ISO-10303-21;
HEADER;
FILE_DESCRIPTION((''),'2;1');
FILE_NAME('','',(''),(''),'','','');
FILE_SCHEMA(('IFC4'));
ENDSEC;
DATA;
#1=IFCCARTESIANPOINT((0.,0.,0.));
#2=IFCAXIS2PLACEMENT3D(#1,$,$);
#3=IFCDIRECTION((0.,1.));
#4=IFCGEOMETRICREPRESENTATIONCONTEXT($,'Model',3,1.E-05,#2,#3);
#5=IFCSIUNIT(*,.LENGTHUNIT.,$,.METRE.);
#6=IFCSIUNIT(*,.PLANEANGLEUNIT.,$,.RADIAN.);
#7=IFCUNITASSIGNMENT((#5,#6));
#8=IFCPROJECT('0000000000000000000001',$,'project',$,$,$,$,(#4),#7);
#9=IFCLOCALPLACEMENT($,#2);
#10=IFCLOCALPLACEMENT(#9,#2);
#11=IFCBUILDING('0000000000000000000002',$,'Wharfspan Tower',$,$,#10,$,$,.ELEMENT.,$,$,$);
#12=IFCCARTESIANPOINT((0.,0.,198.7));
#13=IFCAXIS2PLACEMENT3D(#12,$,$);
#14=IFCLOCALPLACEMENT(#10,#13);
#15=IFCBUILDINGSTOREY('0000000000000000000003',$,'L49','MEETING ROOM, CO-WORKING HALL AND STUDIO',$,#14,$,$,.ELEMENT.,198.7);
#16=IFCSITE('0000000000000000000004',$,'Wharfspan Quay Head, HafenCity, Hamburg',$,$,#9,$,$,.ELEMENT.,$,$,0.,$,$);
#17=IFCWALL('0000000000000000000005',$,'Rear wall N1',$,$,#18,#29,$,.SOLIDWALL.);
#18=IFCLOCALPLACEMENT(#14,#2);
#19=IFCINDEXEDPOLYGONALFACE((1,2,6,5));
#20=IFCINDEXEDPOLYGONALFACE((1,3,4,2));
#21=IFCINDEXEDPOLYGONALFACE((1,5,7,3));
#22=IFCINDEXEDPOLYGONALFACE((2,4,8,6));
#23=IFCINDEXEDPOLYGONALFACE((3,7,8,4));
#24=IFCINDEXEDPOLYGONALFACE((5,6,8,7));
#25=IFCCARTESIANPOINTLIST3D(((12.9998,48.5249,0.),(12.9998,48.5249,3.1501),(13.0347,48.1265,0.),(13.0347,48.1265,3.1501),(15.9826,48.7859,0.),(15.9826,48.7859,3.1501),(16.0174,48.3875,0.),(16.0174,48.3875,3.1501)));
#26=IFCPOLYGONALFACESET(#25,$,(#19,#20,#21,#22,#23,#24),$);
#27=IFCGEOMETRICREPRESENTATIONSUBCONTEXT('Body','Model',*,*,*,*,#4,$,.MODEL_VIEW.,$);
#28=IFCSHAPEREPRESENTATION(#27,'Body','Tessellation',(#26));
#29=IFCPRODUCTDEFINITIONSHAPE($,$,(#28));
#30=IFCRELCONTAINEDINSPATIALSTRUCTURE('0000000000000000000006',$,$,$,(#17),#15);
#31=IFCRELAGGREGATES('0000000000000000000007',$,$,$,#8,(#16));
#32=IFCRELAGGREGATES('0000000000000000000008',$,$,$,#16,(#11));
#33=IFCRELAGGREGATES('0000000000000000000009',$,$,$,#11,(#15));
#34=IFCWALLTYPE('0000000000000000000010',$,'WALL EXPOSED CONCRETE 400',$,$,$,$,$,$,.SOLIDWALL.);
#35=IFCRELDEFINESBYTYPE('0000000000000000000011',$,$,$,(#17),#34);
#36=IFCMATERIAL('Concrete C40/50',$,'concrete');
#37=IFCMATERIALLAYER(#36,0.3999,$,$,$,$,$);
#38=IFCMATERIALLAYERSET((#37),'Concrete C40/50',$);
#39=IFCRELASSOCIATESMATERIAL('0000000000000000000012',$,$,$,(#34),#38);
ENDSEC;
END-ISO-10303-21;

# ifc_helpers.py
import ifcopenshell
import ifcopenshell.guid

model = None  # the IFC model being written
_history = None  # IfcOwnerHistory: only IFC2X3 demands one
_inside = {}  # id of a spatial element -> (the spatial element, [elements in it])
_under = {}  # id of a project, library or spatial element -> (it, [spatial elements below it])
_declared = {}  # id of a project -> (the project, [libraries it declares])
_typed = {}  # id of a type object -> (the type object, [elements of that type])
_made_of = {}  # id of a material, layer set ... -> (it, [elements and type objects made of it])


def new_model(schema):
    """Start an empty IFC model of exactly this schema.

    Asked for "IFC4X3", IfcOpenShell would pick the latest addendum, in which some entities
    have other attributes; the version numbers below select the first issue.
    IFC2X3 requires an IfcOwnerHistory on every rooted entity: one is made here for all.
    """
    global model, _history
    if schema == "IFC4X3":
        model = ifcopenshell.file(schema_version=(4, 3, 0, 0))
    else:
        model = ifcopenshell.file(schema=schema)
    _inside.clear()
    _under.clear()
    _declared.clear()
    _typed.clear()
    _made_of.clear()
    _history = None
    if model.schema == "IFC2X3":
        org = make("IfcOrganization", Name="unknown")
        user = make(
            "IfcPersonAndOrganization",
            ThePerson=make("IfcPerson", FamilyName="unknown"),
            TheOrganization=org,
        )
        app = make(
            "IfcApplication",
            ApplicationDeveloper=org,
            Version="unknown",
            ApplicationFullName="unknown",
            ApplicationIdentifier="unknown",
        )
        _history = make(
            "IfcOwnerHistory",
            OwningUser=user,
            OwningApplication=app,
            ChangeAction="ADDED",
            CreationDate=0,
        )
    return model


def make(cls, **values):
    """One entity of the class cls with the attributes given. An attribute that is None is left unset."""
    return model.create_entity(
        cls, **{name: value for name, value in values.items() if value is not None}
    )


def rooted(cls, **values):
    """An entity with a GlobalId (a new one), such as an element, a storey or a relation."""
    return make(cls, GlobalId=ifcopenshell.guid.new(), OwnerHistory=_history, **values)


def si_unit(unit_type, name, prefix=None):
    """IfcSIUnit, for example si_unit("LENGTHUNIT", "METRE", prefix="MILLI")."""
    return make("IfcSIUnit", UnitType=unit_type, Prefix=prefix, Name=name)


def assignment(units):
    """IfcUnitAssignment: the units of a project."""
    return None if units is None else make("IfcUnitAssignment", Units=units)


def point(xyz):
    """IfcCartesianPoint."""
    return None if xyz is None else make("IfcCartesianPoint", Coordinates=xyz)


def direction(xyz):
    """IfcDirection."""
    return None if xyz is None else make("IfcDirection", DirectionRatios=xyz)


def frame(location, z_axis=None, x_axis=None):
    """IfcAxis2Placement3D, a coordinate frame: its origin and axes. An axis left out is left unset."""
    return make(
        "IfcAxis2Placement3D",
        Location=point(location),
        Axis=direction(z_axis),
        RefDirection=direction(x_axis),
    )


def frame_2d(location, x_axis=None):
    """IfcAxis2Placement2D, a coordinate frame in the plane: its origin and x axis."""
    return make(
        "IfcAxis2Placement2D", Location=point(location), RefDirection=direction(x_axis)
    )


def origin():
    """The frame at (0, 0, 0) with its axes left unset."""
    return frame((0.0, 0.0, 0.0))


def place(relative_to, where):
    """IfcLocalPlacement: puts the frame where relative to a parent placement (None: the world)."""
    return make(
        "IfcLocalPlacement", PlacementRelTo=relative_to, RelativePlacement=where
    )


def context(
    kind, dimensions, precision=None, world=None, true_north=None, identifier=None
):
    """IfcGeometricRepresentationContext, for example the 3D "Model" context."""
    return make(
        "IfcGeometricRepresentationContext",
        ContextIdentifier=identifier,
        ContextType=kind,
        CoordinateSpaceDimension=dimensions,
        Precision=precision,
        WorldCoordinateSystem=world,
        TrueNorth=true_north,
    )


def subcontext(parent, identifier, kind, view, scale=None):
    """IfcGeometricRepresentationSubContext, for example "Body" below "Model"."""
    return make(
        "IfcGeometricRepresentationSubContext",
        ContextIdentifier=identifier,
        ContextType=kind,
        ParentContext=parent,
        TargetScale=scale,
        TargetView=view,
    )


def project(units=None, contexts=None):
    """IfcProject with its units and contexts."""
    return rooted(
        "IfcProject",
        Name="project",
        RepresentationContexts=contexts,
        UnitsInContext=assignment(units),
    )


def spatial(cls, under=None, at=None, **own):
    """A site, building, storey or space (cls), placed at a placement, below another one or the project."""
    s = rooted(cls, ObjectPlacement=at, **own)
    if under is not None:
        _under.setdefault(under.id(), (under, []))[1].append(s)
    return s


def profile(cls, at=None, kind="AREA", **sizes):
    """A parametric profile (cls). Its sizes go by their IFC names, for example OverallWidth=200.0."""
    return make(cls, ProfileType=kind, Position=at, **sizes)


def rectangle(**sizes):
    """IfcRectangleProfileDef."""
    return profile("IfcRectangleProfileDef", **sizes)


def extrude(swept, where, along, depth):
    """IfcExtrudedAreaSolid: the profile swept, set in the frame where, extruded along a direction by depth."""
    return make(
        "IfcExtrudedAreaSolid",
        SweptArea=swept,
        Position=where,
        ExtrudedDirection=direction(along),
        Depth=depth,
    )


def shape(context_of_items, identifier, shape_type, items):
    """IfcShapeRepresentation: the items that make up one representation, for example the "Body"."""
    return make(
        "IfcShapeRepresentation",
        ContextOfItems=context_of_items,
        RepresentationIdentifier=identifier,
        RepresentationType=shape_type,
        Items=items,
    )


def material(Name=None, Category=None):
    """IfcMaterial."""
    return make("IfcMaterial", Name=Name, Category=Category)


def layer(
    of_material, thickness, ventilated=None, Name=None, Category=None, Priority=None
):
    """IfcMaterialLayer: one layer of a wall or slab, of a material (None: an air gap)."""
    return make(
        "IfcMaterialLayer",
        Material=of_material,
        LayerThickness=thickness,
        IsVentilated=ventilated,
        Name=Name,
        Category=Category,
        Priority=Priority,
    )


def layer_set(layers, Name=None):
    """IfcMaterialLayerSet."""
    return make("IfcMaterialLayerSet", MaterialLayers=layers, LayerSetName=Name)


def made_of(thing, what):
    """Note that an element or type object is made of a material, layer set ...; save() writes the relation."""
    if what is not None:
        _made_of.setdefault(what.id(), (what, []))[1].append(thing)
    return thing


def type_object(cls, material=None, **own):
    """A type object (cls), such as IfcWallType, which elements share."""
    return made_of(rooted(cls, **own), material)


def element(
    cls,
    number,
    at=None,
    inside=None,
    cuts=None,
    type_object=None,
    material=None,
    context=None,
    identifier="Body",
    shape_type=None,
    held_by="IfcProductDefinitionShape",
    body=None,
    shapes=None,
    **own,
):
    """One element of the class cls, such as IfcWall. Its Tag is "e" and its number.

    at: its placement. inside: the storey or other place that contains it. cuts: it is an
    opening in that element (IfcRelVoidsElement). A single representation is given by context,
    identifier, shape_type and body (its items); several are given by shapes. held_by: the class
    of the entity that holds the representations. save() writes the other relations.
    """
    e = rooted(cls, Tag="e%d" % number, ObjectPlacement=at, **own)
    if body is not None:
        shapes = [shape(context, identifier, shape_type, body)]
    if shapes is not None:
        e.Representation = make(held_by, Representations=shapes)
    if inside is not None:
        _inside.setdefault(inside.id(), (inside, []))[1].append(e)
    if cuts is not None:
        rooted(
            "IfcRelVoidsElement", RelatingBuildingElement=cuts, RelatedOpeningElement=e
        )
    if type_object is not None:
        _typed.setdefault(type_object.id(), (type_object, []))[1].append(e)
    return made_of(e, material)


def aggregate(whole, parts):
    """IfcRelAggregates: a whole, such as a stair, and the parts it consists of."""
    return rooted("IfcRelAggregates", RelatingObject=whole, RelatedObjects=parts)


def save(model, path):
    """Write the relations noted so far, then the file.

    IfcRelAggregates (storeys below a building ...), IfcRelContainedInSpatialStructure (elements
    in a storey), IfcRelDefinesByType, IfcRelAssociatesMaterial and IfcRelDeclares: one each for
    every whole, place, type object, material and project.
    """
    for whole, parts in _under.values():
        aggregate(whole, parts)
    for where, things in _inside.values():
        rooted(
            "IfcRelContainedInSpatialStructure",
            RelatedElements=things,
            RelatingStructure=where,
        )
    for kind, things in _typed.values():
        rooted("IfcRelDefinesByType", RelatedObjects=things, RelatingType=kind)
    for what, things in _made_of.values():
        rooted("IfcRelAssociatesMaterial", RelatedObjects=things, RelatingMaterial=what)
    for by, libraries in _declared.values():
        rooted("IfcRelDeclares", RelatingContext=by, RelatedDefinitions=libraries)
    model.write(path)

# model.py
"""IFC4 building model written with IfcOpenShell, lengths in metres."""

from ifc_helpers import new_model, si_unit, direction, frame, frame_2d, origin, place, context, subcontext, project, spatial, rectangle, extrude, material, layer, layer_set, type_object, element, save


model = new_model("IFC4")

# Units and contexts
model_context = context("Model", 3, precision=1e-05, world=origin(), true_north=direction((0.0, 1.0)))
body_context = subcontext(model_context, "Body", "Model", "MODEL_VIEW")
ifc_project = project(units=[si_unit("LENGTHUNIT", "METRE"), si_unit("PLANEANGLEUNIT", "RADIAN")], contexts=[model_context])

# Site, building, storey
site_placement = place(None, origin())
site = spatial("IfcSite", under=ifc_project, at=site_placement, Name="Wharfspan Quay Head, HafenCity, Hamburg", CompositionType="ELEMENT", RefElevation=0.0)
building_placement = place(site_placement, origin())
building = spatial("IfcBuilding", under=site, at=building_placement, Name="Wharfspan Tower", CompositionType="ELEMENT")
storey_placement = place(building_placement, frame((0.0, 0.0, 198.7)))
storey = spatial("IfcBuildingStorey", under=building, at=storey_placement, Name="L49", Description="MEETING ROOM, CO-WORKING HALL AND STUDIO", CompositionType="ELEMENT", Elevation=198.7)

# Shared definitions
ifc_material_1 = material(Name="Concrete C40/50", Category="concrete")

# Wall
ifc_layer_1 = layer(ifc_material_1, 0.3999)
ifc_layer_set_1 = layer_set([ifc_layer_1], Name="Concrete C40/50")
wall_type_1 = type_object("IfcWallType", Name="WALL EXPOSED CONCRETE 400", PredefinedType="SOLIDWALL", material=ifc_layer_set_1)
wall_1_placement = place(storey_placement, frame((16.0, 48.5867, 0.0), z_axis=(0.0, 0.0, 1.0), x_axis=(-0.996194, -0.087168, 0.0)))
element("IfcWall", 1, at=wall_1_placement, inside=storey, type_object=wall_type_1, Name="Rear wall N1", PredefinedType="SOLIDWALL", context=body_context, shape_type="SweptSolid", body=[
    extrude(rectangle(XDim=2.9941, YDim=0.3999, at=frame_2d((1.4971, 0.0))), origin(), (0.0, 0.0, 1.0), 3.1501),
])

save(model, "model.ifc")
